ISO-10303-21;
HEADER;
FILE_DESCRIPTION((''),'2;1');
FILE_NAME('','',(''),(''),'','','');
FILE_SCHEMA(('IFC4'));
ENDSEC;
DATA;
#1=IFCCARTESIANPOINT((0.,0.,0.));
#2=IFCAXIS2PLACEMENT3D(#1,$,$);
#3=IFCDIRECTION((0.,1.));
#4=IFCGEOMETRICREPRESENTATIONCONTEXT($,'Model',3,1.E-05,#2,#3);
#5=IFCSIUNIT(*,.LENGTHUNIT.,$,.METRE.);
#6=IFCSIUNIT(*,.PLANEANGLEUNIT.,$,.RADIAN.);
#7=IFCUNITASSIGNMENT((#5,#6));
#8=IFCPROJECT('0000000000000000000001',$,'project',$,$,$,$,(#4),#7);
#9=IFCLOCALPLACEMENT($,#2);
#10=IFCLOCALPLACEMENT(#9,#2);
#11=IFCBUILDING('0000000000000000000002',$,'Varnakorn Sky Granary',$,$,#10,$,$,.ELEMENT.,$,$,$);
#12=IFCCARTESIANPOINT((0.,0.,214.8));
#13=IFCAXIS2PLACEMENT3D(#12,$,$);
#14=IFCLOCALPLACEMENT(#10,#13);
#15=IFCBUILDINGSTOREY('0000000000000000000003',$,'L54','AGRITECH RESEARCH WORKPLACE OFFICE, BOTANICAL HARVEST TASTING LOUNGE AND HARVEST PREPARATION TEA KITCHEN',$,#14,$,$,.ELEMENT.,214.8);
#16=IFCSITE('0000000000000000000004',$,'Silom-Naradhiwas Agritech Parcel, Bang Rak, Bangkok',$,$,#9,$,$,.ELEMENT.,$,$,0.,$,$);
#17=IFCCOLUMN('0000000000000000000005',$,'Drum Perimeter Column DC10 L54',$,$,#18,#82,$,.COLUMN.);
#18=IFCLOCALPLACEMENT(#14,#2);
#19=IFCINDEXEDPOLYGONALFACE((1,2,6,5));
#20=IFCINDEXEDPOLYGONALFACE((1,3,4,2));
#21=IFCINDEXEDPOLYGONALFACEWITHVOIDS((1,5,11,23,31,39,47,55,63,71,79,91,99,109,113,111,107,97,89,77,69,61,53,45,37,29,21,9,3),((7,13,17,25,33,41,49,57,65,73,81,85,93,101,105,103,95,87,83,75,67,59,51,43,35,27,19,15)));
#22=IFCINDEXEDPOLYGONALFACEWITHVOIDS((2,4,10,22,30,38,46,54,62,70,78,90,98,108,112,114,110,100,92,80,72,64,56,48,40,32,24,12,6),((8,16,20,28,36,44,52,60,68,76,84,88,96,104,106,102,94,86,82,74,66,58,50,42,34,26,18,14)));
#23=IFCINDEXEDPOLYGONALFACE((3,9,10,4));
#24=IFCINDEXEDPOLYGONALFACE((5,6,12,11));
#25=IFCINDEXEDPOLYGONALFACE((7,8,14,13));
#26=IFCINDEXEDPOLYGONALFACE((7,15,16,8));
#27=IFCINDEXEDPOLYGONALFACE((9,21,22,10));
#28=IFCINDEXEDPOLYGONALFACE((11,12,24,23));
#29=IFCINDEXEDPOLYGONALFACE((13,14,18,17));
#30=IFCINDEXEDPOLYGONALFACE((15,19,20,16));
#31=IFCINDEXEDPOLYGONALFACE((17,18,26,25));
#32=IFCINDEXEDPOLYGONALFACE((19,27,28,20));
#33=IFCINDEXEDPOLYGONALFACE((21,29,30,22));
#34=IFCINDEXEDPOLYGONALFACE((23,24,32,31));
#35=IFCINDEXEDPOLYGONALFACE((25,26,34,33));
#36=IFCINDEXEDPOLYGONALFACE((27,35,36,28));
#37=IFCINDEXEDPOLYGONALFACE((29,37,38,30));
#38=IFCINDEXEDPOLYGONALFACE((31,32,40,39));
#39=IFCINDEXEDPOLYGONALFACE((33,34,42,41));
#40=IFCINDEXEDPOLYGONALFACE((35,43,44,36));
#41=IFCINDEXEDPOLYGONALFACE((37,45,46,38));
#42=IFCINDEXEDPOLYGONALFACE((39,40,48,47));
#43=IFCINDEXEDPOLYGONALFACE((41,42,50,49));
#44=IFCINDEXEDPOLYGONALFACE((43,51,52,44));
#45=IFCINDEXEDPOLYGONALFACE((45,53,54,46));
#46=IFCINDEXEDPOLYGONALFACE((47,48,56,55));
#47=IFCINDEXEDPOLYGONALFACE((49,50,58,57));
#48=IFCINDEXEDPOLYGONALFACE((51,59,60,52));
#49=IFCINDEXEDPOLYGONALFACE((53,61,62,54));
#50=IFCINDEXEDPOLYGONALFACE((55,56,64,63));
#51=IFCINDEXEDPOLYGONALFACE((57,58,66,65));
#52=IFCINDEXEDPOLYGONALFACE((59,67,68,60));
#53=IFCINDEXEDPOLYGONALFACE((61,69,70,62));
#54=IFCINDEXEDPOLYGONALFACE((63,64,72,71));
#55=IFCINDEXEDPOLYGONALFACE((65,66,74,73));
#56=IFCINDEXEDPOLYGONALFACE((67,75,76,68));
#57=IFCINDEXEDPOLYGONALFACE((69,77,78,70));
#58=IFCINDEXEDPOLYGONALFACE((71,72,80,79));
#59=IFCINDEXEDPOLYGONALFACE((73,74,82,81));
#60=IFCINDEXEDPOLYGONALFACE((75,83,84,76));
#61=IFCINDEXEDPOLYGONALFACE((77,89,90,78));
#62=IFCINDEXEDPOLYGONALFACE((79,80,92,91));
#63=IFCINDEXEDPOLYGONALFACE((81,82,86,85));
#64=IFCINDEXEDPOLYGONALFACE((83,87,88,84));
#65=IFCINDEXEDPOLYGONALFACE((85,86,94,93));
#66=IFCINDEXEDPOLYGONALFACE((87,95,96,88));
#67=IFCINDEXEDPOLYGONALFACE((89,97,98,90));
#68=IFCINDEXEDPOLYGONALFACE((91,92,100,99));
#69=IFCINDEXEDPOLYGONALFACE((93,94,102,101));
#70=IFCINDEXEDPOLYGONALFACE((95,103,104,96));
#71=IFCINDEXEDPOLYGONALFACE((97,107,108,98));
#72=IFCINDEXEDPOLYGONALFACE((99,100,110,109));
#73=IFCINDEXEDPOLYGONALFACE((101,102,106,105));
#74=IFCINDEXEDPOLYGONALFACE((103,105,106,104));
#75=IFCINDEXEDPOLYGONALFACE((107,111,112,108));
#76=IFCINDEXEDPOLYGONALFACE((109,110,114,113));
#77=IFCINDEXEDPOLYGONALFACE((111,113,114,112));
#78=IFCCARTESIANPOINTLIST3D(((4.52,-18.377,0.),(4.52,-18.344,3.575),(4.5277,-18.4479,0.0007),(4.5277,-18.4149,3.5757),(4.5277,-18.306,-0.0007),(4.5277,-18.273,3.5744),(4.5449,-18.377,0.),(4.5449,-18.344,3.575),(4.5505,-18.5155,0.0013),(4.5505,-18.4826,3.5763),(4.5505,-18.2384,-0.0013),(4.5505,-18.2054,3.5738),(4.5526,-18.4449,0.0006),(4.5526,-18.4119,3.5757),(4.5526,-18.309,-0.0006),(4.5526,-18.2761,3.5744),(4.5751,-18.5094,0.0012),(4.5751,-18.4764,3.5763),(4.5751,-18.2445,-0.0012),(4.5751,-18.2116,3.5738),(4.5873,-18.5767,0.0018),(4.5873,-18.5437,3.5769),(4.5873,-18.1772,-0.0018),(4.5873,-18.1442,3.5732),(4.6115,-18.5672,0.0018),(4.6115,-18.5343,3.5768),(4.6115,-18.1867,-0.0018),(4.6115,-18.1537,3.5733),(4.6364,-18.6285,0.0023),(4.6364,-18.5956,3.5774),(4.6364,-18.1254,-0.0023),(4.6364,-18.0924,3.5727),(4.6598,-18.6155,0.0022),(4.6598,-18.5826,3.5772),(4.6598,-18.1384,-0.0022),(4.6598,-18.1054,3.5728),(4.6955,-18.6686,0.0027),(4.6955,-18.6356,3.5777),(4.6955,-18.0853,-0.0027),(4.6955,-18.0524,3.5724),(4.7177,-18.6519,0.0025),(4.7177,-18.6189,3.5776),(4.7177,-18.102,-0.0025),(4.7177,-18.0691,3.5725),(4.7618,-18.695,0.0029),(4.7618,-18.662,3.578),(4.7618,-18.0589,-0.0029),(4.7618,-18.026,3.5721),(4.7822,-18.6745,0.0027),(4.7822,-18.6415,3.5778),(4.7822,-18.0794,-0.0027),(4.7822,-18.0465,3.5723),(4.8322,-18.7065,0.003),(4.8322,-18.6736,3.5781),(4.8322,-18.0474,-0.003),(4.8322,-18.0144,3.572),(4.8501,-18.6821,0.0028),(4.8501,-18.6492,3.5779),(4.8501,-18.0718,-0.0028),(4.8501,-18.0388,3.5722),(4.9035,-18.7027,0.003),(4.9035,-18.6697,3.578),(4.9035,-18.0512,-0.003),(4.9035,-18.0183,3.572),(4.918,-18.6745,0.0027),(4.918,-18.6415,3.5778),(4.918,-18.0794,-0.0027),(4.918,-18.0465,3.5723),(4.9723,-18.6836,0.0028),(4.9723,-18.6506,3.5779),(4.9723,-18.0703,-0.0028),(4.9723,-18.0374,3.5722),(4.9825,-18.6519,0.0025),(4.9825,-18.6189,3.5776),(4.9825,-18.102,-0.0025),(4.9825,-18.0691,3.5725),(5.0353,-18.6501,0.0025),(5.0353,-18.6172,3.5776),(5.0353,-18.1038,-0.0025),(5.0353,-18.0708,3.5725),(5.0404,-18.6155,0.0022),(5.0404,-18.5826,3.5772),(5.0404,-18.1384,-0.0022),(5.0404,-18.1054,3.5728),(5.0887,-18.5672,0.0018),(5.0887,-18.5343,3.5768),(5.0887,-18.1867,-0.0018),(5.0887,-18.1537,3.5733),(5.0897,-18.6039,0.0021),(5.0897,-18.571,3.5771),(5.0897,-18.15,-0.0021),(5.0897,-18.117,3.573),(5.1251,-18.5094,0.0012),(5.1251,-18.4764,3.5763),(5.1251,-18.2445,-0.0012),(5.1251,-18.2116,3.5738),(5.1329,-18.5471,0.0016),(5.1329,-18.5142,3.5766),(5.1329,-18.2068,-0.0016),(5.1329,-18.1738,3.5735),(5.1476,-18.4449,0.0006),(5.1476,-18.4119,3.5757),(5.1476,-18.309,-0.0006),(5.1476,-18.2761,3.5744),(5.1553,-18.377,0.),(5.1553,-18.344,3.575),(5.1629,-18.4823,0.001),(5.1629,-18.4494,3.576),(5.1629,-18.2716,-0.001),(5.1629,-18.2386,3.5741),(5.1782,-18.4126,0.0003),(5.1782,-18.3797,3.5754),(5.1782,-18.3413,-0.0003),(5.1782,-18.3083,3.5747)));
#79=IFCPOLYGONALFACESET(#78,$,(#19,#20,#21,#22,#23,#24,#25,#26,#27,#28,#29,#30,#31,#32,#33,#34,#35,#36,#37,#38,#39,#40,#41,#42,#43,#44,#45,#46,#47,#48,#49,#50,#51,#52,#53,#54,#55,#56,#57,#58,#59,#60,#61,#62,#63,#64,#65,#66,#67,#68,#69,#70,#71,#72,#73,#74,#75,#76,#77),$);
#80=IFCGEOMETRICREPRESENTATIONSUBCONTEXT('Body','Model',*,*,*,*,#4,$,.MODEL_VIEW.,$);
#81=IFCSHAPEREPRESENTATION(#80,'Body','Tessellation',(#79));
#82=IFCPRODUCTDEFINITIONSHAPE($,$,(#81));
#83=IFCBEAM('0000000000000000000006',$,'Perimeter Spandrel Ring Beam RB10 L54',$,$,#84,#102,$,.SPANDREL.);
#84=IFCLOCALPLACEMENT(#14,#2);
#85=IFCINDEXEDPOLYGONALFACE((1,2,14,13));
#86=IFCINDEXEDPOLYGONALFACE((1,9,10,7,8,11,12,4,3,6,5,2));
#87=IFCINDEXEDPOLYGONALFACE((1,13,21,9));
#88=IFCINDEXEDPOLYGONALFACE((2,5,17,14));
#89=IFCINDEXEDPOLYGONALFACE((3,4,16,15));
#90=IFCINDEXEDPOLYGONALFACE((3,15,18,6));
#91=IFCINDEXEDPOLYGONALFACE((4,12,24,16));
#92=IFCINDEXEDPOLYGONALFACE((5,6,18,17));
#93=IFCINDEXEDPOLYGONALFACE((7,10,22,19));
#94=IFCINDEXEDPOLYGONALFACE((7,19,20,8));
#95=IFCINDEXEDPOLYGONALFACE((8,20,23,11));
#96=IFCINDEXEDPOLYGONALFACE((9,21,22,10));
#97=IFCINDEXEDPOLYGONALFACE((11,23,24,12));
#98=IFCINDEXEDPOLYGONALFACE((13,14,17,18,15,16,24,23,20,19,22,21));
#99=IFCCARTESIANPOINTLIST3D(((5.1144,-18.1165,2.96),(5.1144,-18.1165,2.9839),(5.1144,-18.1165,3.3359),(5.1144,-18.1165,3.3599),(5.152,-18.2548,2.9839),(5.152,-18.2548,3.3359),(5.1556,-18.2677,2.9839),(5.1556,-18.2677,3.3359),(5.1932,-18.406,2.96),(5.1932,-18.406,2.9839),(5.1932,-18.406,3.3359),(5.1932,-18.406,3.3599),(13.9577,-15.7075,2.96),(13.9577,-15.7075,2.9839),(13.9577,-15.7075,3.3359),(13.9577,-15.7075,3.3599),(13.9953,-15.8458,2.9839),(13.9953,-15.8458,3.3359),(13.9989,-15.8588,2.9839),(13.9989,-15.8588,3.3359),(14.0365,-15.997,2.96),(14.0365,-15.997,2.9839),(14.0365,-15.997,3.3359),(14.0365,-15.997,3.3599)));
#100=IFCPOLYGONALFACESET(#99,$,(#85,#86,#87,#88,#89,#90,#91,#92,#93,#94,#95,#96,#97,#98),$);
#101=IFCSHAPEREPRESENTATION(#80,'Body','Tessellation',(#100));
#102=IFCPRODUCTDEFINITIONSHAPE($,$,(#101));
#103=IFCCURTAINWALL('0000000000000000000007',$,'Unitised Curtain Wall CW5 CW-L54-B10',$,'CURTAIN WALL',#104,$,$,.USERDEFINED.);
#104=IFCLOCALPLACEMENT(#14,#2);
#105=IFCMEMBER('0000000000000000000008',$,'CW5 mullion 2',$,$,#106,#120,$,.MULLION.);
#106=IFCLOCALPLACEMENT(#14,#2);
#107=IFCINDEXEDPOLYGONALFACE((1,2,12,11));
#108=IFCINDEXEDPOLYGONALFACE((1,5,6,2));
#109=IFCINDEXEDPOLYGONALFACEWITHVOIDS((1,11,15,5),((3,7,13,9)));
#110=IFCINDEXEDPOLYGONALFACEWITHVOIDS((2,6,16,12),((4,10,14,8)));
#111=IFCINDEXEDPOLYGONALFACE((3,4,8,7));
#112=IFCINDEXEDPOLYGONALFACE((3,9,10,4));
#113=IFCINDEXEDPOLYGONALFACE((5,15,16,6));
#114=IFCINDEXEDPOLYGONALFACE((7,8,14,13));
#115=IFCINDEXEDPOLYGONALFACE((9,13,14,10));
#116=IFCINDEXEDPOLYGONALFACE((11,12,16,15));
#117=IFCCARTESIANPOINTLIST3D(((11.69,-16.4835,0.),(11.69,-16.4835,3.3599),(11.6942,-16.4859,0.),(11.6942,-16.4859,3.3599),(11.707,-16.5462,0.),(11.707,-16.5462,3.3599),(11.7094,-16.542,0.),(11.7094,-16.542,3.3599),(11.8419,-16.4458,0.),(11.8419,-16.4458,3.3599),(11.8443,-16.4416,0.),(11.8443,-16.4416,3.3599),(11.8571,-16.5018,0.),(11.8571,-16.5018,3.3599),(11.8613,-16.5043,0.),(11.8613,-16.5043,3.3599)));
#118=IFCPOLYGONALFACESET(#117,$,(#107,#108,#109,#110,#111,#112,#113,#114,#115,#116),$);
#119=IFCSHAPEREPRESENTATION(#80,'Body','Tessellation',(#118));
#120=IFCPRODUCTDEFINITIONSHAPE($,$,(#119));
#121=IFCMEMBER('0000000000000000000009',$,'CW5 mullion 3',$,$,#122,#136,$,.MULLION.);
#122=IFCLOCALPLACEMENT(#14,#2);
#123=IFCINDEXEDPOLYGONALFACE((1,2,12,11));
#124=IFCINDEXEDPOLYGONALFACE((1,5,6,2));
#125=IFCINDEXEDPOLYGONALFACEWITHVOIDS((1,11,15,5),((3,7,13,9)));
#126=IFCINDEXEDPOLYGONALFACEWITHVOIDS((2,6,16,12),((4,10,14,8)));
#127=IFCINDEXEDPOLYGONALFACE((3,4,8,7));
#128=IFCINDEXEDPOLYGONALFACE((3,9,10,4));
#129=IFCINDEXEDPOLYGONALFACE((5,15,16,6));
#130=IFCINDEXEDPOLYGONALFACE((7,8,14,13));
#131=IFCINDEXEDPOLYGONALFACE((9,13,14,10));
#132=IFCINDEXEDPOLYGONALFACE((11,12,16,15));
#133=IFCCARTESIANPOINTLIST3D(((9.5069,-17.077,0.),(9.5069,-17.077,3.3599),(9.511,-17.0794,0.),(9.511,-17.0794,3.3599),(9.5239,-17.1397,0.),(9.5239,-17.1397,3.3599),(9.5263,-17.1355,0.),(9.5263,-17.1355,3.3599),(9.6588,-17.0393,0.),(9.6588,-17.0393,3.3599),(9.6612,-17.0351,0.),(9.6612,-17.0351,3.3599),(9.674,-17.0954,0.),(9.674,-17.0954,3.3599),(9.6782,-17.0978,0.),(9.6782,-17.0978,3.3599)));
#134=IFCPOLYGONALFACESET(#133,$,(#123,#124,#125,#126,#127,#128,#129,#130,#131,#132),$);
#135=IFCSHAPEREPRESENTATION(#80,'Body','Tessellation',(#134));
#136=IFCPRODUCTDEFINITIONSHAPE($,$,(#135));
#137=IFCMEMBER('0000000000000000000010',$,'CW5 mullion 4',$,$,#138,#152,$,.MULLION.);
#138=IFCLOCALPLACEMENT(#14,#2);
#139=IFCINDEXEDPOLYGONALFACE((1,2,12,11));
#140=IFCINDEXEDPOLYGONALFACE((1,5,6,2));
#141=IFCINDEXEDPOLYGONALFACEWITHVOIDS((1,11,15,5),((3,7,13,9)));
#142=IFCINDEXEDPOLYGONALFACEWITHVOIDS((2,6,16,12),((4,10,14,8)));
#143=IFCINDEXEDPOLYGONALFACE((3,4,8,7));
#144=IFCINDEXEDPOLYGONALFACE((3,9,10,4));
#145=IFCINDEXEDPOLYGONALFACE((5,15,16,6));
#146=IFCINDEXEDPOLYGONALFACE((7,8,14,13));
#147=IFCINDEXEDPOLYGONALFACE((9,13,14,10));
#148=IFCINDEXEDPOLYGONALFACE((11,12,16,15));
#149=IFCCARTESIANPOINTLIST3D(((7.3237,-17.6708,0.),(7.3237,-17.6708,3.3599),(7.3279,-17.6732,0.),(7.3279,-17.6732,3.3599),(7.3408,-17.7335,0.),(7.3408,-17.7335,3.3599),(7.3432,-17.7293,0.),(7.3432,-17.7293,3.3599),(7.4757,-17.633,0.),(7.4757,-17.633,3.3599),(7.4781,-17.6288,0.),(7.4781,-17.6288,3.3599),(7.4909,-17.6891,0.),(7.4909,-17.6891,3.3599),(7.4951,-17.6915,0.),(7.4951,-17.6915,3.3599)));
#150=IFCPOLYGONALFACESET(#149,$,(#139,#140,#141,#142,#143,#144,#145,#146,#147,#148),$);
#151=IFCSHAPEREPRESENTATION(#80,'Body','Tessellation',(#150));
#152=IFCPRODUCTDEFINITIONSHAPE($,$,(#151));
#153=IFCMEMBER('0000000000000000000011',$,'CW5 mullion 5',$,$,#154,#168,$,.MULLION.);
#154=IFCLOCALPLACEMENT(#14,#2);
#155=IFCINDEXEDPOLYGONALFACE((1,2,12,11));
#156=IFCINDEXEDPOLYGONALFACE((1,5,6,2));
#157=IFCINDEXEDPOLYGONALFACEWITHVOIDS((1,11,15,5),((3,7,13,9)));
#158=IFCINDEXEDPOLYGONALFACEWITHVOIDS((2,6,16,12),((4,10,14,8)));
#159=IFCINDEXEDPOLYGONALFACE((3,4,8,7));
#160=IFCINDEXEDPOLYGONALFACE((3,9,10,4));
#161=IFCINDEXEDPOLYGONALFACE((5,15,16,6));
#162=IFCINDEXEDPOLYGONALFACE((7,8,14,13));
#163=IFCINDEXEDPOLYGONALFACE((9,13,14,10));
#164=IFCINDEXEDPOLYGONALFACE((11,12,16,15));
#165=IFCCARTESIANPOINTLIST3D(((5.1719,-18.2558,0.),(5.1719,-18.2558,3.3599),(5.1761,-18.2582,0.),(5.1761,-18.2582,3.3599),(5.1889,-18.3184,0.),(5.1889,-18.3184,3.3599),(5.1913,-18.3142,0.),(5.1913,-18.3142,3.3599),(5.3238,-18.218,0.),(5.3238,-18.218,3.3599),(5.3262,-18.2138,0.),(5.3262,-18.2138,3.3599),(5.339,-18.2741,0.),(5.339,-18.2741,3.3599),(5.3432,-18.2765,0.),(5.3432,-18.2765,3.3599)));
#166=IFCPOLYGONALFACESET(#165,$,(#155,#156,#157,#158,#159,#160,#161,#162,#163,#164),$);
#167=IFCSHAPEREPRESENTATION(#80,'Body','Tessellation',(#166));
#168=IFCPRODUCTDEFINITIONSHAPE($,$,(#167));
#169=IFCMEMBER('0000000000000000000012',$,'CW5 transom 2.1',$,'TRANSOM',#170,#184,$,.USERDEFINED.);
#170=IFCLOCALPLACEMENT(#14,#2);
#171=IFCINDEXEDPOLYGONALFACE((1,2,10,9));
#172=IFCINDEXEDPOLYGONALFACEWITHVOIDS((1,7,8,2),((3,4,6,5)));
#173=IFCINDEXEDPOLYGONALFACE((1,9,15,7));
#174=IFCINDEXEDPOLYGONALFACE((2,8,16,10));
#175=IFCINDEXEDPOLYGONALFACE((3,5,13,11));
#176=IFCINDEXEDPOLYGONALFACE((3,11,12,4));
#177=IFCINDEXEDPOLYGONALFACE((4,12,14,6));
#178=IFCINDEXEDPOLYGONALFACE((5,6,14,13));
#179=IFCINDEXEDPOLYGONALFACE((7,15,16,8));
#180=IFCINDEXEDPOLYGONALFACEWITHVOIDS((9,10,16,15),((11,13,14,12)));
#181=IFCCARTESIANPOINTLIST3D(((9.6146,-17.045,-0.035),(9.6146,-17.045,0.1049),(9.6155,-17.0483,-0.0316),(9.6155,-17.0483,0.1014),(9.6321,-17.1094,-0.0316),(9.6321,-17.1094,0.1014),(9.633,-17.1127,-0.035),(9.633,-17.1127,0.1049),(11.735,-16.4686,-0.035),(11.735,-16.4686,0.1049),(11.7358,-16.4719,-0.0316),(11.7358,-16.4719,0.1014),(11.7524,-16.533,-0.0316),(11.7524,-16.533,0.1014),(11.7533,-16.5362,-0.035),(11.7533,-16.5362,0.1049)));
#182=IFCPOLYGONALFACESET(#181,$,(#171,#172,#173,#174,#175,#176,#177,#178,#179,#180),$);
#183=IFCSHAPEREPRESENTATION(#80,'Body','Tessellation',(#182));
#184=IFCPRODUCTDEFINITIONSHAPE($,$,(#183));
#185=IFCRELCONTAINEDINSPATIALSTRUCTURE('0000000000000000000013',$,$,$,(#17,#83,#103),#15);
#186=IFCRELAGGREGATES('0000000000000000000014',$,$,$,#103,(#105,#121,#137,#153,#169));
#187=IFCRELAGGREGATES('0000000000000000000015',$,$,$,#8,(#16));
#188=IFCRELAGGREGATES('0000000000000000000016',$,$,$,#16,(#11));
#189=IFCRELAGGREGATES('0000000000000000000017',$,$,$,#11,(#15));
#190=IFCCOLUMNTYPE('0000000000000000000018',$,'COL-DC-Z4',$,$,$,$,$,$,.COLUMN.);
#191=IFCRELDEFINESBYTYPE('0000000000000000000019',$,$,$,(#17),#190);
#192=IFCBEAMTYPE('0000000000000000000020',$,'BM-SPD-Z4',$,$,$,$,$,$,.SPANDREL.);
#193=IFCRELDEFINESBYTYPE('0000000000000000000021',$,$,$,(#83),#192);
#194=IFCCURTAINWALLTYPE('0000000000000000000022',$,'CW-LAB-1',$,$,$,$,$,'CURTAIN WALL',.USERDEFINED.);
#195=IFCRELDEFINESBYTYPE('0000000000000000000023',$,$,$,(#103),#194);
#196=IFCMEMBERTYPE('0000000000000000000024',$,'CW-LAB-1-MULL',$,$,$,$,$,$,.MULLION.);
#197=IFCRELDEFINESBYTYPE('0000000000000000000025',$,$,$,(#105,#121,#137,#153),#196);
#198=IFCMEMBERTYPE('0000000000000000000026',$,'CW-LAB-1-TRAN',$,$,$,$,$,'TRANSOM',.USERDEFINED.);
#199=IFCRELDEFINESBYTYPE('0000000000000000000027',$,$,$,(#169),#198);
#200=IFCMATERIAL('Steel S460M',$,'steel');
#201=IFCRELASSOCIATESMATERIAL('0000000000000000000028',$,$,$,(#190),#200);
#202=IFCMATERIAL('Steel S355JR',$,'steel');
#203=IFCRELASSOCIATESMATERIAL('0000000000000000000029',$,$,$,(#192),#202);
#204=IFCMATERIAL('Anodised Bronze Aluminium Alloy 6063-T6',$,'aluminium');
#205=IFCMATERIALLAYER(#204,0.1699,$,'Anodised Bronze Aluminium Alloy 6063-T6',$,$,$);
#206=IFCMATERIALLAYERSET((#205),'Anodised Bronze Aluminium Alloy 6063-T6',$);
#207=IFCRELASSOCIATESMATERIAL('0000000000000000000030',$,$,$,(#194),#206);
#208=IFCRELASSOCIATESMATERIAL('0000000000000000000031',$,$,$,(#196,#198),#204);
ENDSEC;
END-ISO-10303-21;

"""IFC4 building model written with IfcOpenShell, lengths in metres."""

from ifc_helpers import new_model, si_unit, direction, frame, origin, origin_2d, place, context, subcontext, project, spatial, hollow_rectangle, hollow_circle, i_section, extrude, material, layer, layer_set, material_profile, profile_set, type_object, element, aggregate, save


model = new_model("IFC4")

# Units and contexts
model_context = context("Model", 3, precision=1e-05, world=origin(), true_north=direction((0.0, 1.0)))
body_context = subcontext(model_context, "Body", "Model", "MODEL_VIEW")
ifc_project = project(units=[si_unit("LENGTHUNIT", "METRE"), si_unit("PLANEANGLEUNIT", "RADIAN")], contexts=[model_context])

# Site, building, storey
site_placement = place(None, origin())
site = spatial("IfcSite", under=ifc_project, at=site_placement, Name="Silom-Naradhiwas Agritech Parcel, Bang Rak, Bangkok", CompositionType="ELEMENT", RefElevation=0.0)
building_placement = place(site_placement, origin())
building = spatial("IfcBuilding", under=site, at=building_placement, Name="Varnakorn Sky Granary", CompositionType="ELEMENT")
storey_placement = place(building_placement, frame((0.0, 0.0, 214.8)))
storey = spatial("IfcBuildingStorey", under=building, at=storey_placement, Name="L54", Description="AGRITECH RESEARCH WORKPLACE OFFICE, BOTANICAL HARVEST TASTING LOUNGE AND HARVEST PREPARATION TEA KITCHEN", CompositionType="ELEMENT", Elevation=214.8)

# Column
ifc_material_1 = material(Name="Steel S460M", Category="steel")
ifc_material_profile_1 = material_profile(ifc_material_1, hollow_circle(Radius=0.3301, WallThickness=0.0249, at=origin_2d()), Name="CHS 660x25")
ifc_profile_set_1 = profile_set([ifc_material_profile_1], Name="Steel S460M")
column_type = type_object("IfcColumnType", Name="COL-DC-Z4", PredefinedType="COLUMN", material=ifc_profile_set_1)
column_placement = place(storey_placement, frame((4.8501, -18.377, 0.0), z_axis=(0.0, 0.009219, 0.999958), x_axis=(-1.0, 0.0, 0.0)))
element("IfcColumn", 1, at=column_placement, inside=storey, type_object=column_type, Name="Drum Perimeter Column DC10 L54", PredefinedType="COLUMN", context=body_context, shape_type="SweptSolid", body=[
    extrude(hollow_circle(Radius=0.3301, WallThickness=0.0249, at=origin_2d()), origin(), (0.0, 0.0, 1.0), 3.5752),
])

# Beam
ifc_material_2 = material(Name="Steel S355JR", Category="steel")
ifc_material_profile_2 = material_profile(ifc_material_2, i_section(OverallWidth=0.3, OverallDepth=0.3999, WebThickness=0.0134, FlangeThickness=0.0239, at=origin_2d()), Name="HE 400 B")
ifc_profile_set_2 = profile_set([ifc_material_profile_2], Name="Steel S355JR")
beam_type = type_object("IfcBeamType", Name="BM-SPD-Z4", PredefinedType="SPANDREL", material=ifc_profile_set_2)
beam_placement = place(storey_placement, frame((5.1538, -18.2612, 3.1599), z_axis=(0.964843, 0.262827, 0.0), x_axis=(-0.262827, 0.964843, 0.0)))
element("IfcBeam", 2, at=beam_placement, inside=storey, type_object=beam_type, Name="Perimeter Spandrel Ring Beam RB10 L54", PredefinedType="SPANDREL", context=body_context, shape_type="SweptSolid", body=[
    extrude(i_section(OverallWidth=0.3, OverallDepth=0.3999, WebThickness=0.0134, FlangeThickness=0.0239, at=origin_2d()), origin(), (0.0, 0.0, 1.0), 9.1655),
])

# Curtain wall, members
ifc_material_3 = material(Name="Anodised Bronze Aluminium Alloy 6063-T6", Category="aluminium")
ifc_layer_1 = layer(ifc_material_3, 0.1699, Name="Anodised Bronze Aluminium Alloy 6063-T6")
ifc_layer_set_1 = layer_set([ifc_layer_1], Name="Anodised Bronze Aluminium Alloy 6063-T6")
curtain_wall_type = type_object("IfcCurtainWallType", Name="CW-LAB-1", ElementType="CURTAIN WALL", PredefinedType="USERDEFINED", material=ifc_layer_set_1)
curtain_wall_placement = place(storey_placement, origin())
curtain_wall = element("IfcCurtainWall", 3, at=curtain_wall_placement, inside=storey, type_object=curtain_wall_type, Name="Unitised Curtain Wall CW5 CW-L54-B10", ObjectType="CURTAIN WALL", PredefinedType="USERDEFINED")
ifc_material_profile_3 = material_profile(ifc_material_3, hollow_rectangle(XDim=0.0649, YDim=0.1599, WallThickness=0.0034, at=origin_2d()), Name="ALU MULL 65x160")
ifc_profile_set_3 = profile_set([ifc_material_profile_3], Name="Anodised Bronze Aluminium Alloy 6063-T6")
member_type_1 = type_object("IfcMemberType", Name="CW-LAB-1-MULL", PredefinedType="MULLION", material=ifc_profile_set_3)
member_1_placement = place(storey_placement, frame((11.7756, -16.4939, 0.0), z_axis=(0.0, 0.0, 1.0), x_axis=(0.262381, -0.964964, 0.0)))
member_1 = element("IfcMember", 4, at=member_1_placement, type_object=member_type_1, Name="CW5 mullion 2", PredefinedType="MULLION", context=body_context, shape_type="SweptSolid", body=[
    extrude(hollow_rectangle(XDim=0.0649, YDim=0.1599, WallThickness=0.0034, at=origin_2d()), origin(), (0.0, 0.0, 1.0), 3.3599),
])
member_2_placement = place(storey_placement, frame((9.5925, -17.0874, 0.0), z_axis=(0.0, 0.0, 1.0), x_axis=(0.262381, -0.964964, 0.0)))
member_2 = element("IfcMember", 5, at=member_2_placement, type_object=member_type_1, Name="CW5 mullion 3", PredefinedType="MULLION", context=body_context, shape_type="SweptSolid", body=[
    extrude(hollow_rectangle(XDim=0.0649, YDim=0.1599, WallThickness=0.0034, at=origin_2d()), origin(), (0.0, 0.0, 1.0), 3.3599),
])
member_3_placement = place(storey_placement, frame((7.4094, -17.6812, 0.0), z_axis=(0.0, 0.0, 1.0), x_axis=(0.262381, -0.964964, 0.0)))
member_3 = element("IfcMember", 6, at=member_3_placement, type_object=member_type_1, Name="CW5 mullion 4", PredefinedType="MULLION", context=body_context, shape_type="SweptSolid", body=[
    extrude(hollow_rectangle(XDim=0.0649, YDim=0.1599, WallThickness=0.0034, at=origin_2d()), origin(), (0.0, 0.0, 1.0), 3.3599),
])
member_4_placement = place(storey_placement, frame((5.2576, -18.2661, 0.0), z_axis=(0.0, 0.0, 1.0), x_axis=(0.262381, -0.964964, 0.0)))
member_4 = element("IfcMember", 7, at=member_4_placement, type_object=member_type_1, Name="CW5 mullion 5", PredefinedType="MULLION", context=body_context, shape_type="SweptSolid", body=[
    extrude(hollow_rectangle(XDim=0.0649, YDim=0.1599, WallThickness=0.0034, at=origin_2d()), origin(), (0.0, 0.0, 1.0), 3.3599),
])
ifc_material_profile_4 = material_profile(ifc_material_3, hollow_rectangle(XDim=0.0701, YDim=0.1399, WallThickness=0.0034, at=origin_2d()), Name="ALU TRAN 70x140")
ifc_profile_set_4 = profile_set([ifc_material_profile_4], Name="Anodised Bronze Aluminium Alloy 6063-T6")
member_type_2 = type_object("IfcMemberType", Name="CW-LAB-1-TRAN", ElementType="TRANSOM", PredefinedType="USERDEFINED", material=ifc_profile_set_4)
member_5_placement = place(storey_placement, frame((11.7441, -16.5024, 0.0349), z_axis=(-0.964979, -0.262328, 0.0), x_axis=(0.262328, -0.964979, 0.0)))
member_5 = element("IfcMember", 8, at=member_5_placement, type_object=member_type_2, Name="CW5 transom 2.1", ObjectType="TRANSOM", PredefinedType="USERDEFINED", context=body_context, shape_type="SweptSolid", body=[
    extrude(hollow_rectangle(XDim=0.0701, YDim=0.1399, WallThickness=0.0034, at=origin_2d()), origin(), (0.0, 0.0, 1.0), 2.1973),
])
aggregate(curtain_wall, [member_1, member_2, member_3, member_4, member_5])

save(model, "model.ifc")
